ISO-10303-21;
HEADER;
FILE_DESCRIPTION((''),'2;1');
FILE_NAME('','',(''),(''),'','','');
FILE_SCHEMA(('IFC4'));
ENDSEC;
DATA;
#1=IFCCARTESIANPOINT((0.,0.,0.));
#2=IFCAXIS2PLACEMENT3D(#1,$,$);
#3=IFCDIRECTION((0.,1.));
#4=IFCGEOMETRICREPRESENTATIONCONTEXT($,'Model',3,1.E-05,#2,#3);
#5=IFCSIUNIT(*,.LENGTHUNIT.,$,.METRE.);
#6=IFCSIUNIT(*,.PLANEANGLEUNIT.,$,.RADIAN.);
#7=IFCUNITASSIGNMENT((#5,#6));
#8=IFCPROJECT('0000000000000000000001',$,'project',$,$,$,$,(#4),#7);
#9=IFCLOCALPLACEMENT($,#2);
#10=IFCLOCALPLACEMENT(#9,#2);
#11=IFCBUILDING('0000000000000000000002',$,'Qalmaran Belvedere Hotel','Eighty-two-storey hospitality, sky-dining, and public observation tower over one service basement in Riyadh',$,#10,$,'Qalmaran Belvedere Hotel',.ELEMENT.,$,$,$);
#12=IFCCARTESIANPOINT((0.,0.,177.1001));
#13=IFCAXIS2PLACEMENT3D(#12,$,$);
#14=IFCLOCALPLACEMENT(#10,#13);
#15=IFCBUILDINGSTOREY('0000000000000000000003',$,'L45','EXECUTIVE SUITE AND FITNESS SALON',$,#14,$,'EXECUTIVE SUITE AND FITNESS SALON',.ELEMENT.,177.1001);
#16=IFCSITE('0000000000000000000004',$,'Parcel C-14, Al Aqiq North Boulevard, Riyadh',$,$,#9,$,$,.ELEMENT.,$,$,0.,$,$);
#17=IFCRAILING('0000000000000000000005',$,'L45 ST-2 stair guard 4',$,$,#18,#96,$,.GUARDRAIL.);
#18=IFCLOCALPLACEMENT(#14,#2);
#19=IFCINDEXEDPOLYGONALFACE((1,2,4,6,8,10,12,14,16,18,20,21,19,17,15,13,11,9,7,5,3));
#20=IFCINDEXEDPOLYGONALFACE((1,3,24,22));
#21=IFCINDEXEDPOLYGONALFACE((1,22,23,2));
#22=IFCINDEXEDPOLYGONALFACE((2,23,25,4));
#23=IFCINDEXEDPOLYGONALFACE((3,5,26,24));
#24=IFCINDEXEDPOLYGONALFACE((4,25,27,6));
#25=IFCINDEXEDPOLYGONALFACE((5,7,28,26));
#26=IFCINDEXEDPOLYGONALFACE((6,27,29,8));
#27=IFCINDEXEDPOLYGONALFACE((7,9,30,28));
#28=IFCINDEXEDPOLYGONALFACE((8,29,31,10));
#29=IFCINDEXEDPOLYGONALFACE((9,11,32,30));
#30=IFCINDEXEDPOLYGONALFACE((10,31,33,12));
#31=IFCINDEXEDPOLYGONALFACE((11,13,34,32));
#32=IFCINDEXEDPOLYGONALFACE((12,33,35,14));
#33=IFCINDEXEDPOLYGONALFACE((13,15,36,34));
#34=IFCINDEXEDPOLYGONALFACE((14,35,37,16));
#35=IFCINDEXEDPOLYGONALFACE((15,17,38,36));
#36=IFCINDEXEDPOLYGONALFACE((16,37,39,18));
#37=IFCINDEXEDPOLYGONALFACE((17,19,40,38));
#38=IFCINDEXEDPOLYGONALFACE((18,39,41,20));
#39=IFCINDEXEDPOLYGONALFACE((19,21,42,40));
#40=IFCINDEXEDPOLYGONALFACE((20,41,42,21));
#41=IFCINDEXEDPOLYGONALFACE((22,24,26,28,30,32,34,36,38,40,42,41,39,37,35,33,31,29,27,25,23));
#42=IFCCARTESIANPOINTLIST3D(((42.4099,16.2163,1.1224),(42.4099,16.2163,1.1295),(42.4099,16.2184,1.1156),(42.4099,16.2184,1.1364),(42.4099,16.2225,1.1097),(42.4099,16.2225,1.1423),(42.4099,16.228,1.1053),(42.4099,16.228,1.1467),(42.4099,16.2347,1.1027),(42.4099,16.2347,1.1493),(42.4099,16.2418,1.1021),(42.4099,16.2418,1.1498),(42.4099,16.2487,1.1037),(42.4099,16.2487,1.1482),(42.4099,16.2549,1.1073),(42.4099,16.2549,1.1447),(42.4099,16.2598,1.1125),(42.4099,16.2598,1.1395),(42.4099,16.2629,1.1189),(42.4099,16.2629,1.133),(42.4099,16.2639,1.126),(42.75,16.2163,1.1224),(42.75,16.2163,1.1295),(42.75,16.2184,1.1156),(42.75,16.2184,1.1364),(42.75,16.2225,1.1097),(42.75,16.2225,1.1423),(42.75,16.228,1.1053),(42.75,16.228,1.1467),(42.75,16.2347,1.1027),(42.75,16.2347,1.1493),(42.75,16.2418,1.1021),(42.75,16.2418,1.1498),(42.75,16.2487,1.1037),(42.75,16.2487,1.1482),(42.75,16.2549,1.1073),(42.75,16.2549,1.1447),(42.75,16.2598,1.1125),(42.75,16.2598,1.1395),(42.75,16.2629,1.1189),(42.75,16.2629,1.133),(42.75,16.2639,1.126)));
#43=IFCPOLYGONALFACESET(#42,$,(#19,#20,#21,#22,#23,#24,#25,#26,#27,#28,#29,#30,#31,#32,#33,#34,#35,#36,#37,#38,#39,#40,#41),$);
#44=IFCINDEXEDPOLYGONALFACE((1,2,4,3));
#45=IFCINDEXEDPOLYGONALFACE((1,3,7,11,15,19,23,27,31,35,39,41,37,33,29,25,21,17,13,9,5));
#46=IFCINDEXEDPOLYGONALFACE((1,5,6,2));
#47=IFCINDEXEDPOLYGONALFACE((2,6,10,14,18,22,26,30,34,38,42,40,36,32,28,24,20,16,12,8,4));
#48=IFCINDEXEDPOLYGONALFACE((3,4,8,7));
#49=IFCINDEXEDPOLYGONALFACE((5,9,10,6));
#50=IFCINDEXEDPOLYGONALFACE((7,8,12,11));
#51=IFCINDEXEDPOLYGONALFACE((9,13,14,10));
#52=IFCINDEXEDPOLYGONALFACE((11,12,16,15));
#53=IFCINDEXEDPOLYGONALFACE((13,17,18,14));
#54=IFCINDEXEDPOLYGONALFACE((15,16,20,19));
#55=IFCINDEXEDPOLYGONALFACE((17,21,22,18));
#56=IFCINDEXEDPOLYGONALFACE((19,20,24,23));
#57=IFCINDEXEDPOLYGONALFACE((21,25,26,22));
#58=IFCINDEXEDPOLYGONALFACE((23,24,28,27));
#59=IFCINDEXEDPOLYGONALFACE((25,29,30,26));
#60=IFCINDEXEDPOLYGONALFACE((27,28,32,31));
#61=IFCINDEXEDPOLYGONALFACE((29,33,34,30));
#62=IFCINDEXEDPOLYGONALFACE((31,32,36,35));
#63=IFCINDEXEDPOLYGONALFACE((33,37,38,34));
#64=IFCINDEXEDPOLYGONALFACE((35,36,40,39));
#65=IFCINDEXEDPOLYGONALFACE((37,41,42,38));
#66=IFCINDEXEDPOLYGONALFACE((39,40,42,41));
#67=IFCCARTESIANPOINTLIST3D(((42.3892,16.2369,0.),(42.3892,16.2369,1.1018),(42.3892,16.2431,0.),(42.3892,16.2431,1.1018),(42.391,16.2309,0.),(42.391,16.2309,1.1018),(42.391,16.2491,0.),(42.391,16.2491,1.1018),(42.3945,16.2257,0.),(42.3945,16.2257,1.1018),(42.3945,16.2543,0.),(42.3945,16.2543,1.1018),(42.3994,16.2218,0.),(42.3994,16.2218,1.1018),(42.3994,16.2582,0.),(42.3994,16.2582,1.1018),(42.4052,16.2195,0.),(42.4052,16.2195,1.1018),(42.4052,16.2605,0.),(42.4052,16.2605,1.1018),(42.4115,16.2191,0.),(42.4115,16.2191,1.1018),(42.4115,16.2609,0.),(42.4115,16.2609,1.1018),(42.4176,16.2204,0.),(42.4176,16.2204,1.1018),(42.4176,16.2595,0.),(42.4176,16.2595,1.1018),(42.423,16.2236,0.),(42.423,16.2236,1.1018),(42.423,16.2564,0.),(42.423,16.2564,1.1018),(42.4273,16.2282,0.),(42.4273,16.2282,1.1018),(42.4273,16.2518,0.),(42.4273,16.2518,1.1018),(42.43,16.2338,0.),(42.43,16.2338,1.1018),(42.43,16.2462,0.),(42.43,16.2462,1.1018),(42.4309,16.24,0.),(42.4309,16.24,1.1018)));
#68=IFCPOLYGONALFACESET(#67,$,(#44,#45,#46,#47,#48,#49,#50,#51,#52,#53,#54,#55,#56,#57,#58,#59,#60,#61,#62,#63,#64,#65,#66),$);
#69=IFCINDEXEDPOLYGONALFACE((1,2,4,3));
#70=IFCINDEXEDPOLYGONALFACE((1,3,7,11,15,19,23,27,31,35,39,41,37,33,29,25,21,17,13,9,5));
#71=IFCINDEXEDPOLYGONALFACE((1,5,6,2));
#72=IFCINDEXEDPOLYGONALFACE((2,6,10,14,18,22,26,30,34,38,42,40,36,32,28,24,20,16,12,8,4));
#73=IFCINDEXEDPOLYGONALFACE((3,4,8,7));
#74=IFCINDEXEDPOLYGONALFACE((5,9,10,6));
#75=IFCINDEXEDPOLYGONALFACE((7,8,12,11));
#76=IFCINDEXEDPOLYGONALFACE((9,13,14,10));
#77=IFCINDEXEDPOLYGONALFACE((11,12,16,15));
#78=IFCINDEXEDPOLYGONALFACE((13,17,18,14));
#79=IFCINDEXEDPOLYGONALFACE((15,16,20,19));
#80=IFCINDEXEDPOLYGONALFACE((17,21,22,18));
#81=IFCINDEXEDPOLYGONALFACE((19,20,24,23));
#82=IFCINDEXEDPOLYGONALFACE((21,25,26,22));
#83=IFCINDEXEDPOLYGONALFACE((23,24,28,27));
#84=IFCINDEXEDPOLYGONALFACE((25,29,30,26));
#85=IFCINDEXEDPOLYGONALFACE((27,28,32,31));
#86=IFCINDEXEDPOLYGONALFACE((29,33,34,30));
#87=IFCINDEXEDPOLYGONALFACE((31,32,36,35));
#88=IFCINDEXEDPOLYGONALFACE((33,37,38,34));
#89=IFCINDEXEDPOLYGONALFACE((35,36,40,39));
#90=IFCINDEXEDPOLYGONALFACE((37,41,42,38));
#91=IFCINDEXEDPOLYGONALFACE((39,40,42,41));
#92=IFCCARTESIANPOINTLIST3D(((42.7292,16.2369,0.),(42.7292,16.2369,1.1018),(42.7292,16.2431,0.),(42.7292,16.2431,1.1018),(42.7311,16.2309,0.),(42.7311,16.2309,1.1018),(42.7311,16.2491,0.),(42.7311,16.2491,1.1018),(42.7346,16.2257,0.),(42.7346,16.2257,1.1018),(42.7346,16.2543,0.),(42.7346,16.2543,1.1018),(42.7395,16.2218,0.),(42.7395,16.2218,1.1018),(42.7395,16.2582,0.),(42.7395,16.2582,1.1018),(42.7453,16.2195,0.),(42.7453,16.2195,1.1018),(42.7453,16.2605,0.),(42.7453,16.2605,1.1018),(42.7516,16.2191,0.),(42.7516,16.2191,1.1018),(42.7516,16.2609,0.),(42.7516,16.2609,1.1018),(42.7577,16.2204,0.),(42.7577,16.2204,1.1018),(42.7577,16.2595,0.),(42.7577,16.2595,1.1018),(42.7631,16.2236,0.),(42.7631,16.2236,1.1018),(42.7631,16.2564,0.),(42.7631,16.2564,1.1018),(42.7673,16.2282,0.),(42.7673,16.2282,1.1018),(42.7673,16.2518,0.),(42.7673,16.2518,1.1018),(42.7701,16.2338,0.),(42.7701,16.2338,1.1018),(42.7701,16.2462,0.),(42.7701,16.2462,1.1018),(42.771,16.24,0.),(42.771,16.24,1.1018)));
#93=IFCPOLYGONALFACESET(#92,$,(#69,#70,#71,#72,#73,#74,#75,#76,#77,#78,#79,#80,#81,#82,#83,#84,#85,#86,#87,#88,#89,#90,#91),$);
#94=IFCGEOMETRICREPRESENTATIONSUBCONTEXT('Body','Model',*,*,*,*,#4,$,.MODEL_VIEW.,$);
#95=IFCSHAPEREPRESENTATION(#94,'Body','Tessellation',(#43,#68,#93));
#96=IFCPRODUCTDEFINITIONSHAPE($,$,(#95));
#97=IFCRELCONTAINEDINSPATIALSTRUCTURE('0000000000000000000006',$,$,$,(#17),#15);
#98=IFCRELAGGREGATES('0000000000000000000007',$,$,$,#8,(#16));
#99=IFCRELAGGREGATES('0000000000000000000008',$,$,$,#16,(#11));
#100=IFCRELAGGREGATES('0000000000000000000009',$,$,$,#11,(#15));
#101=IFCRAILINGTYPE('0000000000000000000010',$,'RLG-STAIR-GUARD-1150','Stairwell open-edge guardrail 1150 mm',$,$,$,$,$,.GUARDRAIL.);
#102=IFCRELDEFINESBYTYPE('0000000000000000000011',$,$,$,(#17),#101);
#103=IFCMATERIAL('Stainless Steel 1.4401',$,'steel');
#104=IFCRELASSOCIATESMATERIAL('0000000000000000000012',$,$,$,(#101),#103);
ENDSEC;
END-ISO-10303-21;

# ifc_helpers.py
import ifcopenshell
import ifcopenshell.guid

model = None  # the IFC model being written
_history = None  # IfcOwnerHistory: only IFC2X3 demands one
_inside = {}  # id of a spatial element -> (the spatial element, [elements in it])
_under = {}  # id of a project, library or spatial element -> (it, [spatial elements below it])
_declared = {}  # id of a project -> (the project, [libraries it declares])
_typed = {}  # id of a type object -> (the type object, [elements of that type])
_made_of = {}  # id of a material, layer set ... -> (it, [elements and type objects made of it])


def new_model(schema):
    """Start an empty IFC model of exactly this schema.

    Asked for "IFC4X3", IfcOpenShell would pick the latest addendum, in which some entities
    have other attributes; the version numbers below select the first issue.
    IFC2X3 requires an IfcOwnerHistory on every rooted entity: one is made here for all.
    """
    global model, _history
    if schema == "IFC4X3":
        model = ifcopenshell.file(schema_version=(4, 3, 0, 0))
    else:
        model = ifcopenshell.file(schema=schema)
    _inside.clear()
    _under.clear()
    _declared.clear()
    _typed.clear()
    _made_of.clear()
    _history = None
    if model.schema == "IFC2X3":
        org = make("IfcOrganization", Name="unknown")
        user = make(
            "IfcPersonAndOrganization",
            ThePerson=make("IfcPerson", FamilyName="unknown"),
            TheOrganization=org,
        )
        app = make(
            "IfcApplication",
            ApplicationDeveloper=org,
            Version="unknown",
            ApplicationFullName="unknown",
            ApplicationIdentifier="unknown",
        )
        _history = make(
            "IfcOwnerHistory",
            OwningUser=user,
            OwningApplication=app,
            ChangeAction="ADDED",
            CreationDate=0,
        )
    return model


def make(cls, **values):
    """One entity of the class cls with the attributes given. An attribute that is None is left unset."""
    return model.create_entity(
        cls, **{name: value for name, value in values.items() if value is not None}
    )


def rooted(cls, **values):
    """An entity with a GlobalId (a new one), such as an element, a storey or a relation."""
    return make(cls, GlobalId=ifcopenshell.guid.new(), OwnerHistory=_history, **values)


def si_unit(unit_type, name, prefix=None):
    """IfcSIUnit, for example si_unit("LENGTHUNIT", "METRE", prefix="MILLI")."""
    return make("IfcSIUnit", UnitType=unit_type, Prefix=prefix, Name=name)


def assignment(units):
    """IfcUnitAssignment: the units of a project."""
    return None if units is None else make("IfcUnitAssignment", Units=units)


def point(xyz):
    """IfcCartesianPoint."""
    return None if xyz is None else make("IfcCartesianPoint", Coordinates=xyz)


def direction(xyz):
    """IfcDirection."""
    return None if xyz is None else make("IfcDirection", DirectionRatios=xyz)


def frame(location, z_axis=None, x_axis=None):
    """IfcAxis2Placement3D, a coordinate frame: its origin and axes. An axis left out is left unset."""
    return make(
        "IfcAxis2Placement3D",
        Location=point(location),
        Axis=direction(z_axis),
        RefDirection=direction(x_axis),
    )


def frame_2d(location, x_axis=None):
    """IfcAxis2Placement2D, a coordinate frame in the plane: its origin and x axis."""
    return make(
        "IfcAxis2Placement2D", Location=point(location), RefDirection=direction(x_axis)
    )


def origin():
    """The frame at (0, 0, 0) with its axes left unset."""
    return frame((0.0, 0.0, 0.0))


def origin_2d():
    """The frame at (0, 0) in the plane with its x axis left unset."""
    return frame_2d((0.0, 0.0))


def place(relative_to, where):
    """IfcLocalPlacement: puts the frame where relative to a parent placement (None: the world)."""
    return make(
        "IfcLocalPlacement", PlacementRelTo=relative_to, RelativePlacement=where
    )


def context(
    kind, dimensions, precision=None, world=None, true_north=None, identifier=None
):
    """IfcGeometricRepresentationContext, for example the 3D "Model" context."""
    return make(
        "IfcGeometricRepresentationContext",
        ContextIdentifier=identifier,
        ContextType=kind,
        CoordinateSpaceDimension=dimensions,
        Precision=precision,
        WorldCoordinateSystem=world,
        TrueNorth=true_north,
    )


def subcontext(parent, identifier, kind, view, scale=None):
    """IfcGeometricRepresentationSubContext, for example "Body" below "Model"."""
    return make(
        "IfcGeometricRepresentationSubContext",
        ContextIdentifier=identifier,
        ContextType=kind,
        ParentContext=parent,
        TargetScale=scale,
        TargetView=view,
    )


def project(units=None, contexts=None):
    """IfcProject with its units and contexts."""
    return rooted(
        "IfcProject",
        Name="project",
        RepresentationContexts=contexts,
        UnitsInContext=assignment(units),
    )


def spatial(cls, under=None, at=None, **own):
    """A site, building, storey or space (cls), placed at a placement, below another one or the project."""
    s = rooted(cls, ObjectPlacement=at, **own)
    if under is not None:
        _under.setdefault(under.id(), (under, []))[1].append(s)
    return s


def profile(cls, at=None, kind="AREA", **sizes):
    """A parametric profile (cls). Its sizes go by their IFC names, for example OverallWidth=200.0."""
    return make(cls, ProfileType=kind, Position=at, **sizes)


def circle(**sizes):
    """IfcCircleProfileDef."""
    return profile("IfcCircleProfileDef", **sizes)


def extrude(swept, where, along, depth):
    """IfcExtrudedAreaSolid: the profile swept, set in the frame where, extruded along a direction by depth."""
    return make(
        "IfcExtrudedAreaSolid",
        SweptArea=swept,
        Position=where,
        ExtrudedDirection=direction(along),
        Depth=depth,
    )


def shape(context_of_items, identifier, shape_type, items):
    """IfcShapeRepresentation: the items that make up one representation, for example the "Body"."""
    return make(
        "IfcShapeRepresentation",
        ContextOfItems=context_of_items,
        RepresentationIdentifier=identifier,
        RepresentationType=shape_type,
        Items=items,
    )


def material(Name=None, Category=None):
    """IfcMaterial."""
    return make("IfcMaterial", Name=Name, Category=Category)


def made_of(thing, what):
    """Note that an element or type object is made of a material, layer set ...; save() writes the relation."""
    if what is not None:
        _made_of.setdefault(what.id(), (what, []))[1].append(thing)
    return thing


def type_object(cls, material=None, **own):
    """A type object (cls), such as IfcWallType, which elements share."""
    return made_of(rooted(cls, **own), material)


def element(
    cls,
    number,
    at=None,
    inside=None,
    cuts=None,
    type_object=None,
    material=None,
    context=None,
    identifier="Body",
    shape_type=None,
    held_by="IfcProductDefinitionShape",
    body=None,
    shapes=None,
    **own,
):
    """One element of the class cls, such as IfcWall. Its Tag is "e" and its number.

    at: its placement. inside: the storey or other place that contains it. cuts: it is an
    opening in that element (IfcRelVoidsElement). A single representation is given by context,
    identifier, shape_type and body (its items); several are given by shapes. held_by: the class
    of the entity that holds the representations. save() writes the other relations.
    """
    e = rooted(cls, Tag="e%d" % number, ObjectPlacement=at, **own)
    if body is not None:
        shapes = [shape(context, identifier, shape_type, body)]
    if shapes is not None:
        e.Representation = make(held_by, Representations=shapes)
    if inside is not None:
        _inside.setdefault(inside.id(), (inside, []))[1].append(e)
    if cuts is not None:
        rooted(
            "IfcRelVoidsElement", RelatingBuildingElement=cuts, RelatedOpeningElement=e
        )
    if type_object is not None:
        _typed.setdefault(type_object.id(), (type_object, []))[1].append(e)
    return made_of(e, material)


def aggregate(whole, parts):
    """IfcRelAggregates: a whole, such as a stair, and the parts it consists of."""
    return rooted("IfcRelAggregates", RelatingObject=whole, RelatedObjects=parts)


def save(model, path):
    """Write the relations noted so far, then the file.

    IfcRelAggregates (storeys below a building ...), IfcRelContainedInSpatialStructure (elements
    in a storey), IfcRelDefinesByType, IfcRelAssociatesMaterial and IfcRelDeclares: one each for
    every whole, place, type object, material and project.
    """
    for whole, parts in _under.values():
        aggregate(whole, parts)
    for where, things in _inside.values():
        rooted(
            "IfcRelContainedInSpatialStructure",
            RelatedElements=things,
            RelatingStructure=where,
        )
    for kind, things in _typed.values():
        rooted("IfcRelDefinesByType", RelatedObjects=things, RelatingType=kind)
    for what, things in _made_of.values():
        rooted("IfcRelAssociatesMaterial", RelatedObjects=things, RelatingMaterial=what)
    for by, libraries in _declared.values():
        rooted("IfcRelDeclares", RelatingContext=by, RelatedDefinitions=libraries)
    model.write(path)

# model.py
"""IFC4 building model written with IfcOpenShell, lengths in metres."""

from ifc_helpers import new_model, si_unit, direction, frame, origin, origin_2d, place, context, subcontext, project, spatial, circle, extrude, material, type_object, element, save


model = new_model("IFC4")

# Units and contexts
model_context = context("Model", 3, precision=1e-05, world=origin(), true_north=direction((0.0, 1.0)))
body_context = subcontext(model_context, "Body", "Model", "MODEL_VIEW")
ifc_project = project(units=[si_unit("LENGTHUNIT", "METRE"), si_unit("PLANEANGLEUNIT", "RADIAN")], contexts=[model_context])

# Site, building, storey
site_placement = place(None, origin())
site = spatial("IfcSite", under=ifc_project, at=site_placement, Name="Parcel C-14, Al Aqiq North Boulevard, Riyadh", CompositionType="ELEMENT", RefElevation=0.0)
building_placement = place(site_placement, origin())
building = spatial("IfcBuilding", under=site, at=building_placement, Name="Qalmaran Belvedere Hotel", Description="Eighty-two-storey hospitality, sky-dining, and public observation tower over one service basement in Riyadh", LongName="Qalmaran Belvedere Hotel", CompositionType="ELEMENT")
storey_placement = place(building_placement, frame((0.0, 0.0, 177.1001)))
storey = spatial("IfcBuildingStorey", under=building, at=storey_placement, Name="L45", Description="EXECUTIVE SUITE AND FITNESS SALON", LongName="EXECUTIVE SUITE AND FITNESS SALON", CompositionType="ELEMENT", Elevation=177.1001)

# Railing
ifc_material_1 = material(Name="Stainless Steel 1.4401", Category="steel")
railing_type_1 = type_object("IfcRailingType", Name="RLG-STAIR-GUARD-1150", Description="Stairwell open-edge guardrail 1150 mm", PredefinedType="GUARDRAIL", material=ifc_material_1)
railing_1_placement = place(storey_placement, frame((42.4099, 16.24, 0.0)))
element("IfcRailing", 1, at=railing_1_placement, inside=storey, type_object=railing_type_1, Name="L45 ST-2 stair guard 4", PredefinedType="GUARDRAIL", context=body_context, shape_type="SweptSolid", body=[
    extrude(circle(Radius=0.0239, at=origin_2d()), frame((0.0, 0.0, 1.126), z_axis=(1.0, 0.0, 0.0), x_axis=(0.0, 1.0, 0.0)), (0.0, 0.0, 1.0), 0.3401),
    extrude(circle(Radius=0.021, at=origin_2d()), origin(), (0.0, 0.0, 1.0), 1.1018),
    extrude(circle(Radius=0.021, at=origin_2d()), frame((0.3401, 0.0, 0.0)), (0.0, 0.0, 1.0), 1.1018),
])

save(model, "model.ifc")
